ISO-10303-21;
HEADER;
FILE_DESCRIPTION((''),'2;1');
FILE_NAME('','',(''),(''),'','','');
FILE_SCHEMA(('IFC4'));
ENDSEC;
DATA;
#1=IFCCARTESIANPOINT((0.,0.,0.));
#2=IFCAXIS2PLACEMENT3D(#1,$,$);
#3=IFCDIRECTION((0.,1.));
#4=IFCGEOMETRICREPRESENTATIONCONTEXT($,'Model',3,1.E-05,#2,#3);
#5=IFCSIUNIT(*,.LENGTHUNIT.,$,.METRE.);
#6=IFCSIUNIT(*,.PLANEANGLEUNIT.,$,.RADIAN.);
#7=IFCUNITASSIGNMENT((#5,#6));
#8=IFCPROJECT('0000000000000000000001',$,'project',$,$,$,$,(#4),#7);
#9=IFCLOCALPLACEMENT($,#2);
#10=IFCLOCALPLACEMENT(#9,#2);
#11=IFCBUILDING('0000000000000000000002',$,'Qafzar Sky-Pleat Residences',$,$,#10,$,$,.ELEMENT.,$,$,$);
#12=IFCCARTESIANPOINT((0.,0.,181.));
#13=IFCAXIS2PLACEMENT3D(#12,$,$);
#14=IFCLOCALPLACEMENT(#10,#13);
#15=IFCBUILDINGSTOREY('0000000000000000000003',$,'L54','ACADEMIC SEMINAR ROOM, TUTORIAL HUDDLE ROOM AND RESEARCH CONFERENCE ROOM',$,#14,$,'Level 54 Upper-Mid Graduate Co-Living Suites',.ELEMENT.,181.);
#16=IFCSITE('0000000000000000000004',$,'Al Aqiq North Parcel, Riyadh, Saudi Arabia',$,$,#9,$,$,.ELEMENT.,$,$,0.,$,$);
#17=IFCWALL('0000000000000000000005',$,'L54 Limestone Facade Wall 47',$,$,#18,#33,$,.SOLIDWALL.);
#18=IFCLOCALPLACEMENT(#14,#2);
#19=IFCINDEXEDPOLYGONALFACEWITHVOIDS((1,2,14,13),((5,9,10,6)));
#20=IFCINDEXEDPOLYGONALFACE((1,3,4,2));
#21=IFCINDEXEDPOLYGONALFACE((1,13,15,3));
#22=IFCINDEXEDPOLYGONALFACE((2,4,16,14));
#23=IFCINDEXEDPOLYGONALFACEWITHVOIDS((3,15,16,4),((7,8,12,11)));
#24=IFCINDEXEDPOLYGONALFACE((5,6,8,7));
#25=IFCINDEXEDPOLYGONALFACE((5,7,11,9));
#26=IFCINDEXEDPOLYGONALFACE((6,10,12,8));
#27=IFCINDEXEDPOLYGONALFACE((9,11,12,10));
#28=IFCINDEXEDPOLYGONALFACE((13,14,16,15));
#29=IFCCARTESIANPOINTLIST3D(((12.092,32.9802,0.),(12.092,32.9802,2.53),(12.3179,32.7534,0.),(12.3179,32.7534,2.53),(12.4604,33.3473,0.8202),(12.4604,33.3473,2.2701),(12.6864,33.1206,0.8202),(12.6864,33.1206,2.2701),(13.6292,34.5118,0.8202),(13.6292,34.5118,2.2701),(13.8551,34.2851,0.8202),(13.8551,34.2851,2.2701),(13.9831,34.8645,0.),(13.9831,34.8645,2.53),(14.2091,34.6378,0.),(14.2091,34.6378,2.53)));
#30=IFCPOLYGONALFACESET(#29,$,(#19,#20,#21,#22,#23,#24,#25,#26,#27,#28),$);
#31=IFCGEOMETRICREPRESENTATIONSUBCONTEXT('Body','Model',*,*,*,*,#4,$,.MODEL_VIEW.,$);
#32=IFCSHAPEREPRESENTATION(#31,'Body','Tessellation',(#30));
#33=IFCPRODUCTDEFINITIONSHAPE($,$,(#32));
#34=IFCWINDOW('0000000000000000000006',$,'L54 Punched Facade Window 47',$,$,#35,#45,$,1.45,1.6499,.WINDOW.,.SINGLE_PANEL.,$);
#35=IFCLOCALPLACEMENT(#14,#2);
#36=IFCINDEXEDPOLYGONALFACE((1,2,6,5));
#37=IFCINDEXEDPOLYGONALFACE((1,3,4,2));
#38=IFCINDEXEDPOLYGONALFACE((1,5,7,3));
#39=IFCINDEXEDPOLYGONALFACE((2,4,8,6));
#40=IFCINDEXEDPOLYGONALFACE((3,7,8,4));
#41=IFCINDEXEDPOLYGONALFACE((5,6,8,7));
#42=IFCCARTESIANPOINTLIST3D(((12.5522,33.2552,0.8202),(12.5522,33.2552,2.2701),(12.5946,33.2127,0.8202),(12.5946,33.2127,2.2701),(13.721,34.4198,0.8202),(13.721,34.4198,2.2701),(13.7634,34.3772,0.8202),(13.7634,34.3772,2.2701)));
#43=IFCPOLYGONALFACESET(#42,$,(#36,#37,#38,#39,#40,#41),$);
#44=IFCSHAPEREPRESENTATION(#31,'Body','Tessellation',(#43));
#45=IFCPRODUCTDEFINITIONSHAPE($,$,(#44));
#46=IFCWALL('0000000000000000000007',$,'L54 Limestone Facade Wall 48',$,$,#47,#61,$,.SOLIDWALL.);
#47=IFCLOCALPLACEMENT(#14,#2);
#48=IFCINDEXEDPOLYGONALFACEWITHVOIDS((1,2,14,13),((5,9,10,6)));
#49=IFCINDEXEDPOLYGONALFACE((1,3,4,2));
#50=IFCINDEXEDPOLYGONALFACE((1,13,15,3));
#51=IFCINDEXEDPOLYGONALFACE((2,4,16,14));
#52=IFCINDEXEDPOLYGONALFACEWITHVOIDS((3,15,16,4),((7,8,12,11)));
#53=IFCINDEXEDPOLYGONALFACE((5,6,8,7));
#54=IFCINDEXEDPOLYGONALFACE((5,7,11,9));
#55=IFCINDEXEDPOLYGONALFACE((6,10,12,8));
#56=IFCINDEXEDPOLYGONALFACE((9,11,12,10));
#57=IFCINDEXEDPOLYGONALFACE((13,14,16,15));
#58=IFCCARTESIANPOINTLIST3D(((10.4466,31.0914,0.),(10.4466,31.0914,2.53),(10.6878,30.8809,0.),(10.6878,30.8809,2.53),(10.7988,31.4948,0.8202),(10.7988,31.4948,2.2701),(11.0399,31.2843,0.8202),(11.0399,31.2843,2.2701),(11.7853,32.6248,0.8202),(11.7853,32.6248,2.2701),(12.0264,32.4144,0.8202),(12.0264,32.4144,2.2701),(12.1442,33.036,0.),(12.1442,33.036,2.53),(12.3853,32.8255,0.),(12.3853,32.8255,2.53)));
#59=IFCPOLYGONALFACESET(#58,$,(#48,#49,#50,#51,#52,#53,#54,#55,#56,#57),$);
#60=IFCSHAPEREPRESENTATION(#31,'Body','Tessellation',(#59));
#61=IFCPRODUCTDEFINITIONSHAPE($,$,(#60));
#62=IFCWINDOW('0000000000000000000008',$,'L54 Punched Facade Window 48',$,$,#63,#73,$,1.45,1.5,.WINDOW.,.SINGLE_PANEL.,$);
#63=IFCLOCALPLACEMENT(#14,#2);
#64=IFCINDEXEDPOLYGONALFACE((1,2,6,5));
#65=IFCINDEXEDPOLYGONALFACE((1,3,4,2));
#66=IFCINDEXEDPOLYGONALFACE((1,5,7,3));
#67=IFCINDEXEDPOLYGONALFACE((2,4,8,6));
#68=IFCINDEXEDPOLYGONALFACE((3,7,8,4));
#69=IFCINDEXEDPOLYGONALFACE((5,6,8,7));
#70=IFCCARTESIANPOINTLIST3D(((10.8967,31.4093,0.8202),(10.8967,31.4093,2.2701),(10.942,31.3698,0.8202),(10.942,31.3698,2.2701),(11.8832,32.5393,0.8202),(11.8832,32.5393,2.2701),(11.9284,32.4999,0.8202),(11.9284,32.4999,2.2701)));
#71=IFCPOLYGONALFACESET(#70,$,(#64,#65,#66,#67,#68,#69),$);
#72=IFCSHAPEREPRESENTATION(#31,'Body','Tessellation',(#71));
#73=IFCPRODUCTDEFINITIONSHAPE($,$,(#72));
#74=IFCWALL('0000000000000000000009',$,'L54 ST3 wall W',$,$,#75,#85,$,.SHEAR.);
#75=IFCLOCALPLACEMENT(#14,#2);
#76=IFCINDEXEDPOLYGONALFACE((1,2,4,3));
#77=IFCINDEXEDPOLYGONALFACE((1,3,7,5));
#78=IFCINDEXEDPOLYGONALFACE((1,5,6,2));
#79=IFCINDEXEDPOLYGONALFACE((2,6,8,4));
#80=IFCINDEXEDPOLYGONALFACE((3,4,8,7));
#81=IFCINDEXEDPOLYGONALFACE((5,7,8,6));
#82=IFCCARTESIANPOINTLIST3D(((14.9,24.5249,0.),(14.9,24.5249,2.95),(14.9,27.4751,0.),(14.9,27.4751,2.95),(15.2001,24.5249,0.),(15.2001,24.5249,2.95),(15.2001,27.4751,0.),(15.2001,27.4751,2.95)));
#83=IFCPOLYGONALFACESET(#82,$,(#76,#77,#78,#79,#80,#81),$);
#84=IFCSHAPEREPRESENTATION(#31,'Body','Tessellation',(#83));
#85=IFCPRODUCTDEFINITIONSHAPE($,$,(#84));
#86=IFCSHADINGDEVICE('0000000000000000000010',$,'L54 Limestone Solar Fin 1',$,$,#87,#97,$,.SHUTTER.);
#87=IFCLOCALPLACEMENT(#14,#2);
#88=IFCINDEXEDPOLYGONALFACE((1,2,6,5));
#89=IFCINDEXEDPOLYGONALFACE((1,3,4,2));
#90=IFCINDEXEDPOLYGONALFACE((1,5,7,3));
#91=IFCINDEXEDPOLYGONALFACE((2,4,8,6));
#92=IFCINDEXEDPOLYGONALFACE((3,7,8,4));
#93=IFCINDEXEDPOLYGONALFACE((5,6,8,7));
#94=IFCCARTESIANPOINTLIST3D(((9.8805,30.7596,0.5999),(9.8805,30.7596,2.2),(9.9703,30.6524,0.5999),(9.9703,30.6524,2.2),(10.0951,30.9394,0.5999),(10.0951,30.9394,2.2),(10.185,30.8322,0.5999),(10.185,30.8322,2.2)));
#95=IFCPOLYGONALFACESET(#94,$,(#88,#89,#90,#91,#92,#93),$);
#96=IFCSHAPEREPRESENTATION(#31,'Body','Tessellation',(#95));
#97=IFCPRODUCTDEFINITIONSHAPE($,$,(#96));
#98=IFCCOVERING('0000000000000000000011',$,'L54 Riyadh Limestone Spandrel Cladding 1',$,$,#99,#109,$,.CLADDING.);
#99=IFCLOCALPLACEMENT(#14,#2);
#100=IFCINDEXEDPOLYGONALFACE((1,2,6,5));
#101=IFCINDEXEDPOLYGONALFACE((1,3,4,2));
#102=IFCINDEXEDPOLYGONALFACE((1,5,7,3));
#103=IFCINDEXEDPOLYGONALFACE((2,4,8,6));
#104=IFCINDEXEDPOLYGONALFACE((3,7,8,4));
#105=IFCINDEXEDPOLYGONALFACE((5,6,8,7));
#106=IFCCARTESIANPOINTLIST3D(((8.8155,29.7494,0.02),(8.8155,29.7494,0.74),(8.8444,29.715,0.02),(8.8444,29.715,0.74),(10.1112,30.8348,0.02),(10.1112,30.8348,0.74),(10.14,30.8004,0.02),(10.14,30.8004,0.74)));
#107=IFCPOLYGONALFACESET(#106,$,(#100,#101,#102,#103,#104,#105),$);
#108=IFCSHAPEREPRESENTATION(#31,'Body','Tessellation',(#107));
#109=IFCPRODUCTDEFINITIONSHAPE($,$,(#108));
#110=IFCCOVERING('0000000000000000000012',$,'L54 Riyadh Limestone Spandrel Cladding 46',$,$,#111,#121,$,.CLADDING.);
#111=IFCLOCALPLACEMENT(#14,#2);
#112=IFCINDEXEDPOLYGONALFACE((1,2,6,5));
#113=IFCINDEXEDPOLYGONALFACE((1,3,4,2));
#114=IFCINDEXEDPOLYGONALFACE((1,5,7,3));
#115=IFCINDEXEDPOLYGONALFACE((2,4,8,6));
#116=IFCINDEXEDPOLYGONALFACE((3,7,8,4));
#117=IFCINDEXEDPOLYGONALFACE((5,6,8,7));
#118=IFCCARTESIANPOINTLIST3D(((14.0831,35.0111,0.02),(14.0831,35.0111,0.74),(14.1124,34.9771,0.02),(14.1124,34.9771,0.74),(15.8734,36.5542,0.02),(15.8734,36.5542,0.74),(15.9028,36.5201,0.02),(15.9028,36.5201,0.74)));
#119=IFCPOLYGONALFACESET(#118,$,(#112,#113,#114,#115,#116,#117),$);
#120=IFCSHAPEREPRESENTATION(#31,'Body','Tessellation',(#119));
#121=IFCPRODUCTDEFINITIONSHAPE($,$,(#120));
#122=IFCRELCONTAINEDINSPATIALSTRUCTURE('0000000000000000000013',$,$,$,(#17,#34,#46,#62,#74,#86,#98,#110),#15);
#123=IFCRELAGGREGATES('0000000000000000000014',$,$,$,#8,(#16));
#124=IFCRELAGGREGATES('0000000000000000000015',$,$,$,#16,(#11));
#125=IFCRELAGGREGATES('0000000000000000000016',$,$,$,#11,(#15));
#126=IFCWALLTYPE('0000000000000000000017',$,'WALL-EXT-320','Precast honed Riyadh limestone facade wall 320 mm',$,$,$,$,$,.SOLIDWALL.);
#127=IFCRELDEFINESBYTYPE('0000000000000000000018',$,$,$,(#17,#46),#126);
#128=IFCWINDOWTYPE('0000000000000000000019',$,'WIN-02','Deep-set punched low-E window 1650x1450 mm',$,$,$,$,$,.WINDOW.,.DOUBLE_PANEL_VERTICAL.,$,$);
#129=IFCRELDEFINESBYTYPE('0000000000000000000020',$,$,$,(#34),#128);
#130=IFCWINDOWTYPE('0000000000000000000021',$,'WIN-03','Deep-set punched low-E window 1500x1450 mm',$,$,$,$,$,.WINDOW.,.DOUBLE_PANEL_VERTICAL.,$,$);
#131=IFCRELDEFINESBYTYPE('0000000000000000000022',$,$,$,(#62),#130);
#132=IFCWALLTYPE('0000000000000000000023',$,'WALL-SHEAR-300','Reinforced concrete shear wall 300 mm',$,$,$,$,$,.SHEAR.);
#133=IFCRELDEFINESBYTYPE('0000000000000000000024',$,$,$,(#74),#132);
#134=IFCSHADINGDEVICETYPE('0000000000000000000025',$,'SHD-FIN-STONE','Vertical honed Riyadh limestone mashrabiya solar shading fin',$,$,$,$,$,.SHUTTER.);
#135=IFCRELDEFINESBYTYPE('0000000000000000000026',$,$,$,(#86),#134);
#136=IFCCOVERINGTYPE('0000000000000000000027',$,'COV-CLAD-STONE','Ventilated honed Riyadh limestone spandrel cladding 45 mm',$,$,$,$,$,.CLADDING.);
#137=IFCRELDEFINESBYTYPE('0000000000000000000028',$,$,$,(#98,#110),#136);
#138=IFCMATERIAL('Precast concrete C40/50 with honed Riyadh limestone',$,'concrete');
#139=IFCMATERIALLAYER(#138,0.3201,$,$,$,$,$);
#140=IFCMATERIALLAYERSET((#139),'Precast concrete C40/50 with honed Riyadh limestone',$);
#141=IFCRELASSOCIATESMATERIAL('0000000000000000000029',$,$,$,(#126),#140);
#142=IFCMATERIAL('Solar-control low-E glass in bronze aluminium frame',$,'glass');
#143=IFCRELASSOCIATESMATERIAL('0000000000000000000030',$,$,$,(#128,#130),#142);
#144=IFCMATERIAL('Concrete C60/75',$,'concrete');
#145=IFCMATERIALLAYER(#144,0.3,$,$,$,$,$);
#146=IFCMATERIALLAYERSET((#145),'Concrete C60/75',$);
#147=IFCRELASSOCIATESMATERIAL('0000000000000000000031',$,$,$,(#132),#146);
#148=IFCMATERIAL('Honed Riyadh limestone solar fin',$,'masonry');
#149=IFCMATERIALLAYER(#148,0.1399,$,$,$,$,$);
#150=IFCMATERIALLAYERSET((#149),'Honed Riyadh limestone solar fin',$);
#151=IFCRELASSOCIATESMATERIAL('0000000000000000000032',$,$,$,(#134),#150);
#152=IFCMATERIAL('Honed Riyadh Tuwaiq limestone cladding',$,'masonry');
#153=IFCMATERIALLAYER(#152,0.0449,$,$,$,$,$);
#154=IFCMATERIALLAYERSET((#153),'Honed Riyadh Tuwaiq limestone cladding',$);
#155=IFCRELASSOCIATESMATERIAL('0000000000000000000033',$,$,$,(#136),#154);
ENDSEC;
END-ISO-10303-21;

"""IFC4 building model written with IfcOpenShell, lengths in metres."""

from ifc_helpers import new_model, si_unit, direction, frame, frame_2d, origin, origin_2d, place, context, subcontext, project, spatial, rectangle, extrude, source, transform, mapped, material, layer, layer_set, type_object, element, fill, save


model = new_model("IFC4")

# Units and contexts
model_context = context("Model", 3, precision=1e-05, world=origin(), true_north=direction((0.0, 1.0)))
body_context = subcontext(model_context, "Body", "Model", "MODEL_VIEW")
ifc_project = project(units=[si_unit("LENGTHUNIT", "METRE"), si_unit("PLANEANGLEUNIT", "RADIAN")], contexts=[model_context])

# Site, building, storey
site_placement = place(None, origin())
site = spatial("IfcSite", under=ifc_project, at=site_placement, Name="Al Aqiq North Parcel, Riyadh, Saudi Arabia", CompositionType="ELEMENT", RefElevation=0.0)
building_placement = place(site_placement, origin())
building = spatial("IfcBuilding", under=site, at=building_placement, Name="Qafzar Sky-Pleat Residences", CompositionType="ELEMENT")
storey_placement = place(building_placement, frame((0.0, 0.0, 181.0)))
storey = spatial("IfcBuildingStorey", under=building, at=storey_placement, Name="L54", Description="ACADEMIC SEMINAR ROOM, TUTORIAL HUDDLE ROOM AND RESEARCH CONFERENCE ROOM", LongName="Level 54 Upper-Mid Graduate Co-Living Suites", CompositionType="ELEMENT", Elevation=181.0)

# Shared definitions
ifc_material_1 = material(Name="Concrete C60/75", Category="concrete")

# Walls, openings, windows
ifc_material_2 = material(Name="Precast concrete C40/50 with honed Riyadh limestone", Category="concrete")
ifc_layer_1 = layer(ifc_material_2, 0.3201)
ifc_layer_set_1 = layer_set([ifc_layer_1], Name="Precast concrete C40/50 with honed Riyadh limestone")
wall_type_1 = type_object("IfcWallType", Name="WALL-EXT-320", Description="Precast honed Riyadh limestone facade wall 320 mm", PredefinedType="SOLIDWALL", material=ifc_layer_set_1)
ifc_material_3 = material(Name="Solar-control low-E glass in bronze aluminium frame", Category="glass")
wall_1_placement = place(storey_placement, frame((14.0962, 34.7512, 0.0), z_axis=(0.0, 0.0, 1.0), x_axis=(-0.708386, -0.705825, 0.0)))
wall_1 = element("IfcWall", 1, at=wall_1_placement, inside=storey, type_object=wall_type_1, Name="L54 Limestone Facade Wall 47", PredefinedType="SOLIDWALL", context=body_context, shape_type="SweptSolid", body=[
    extrude(rectangle(XDim=2.6697, YDim=0.3201, at=frame_2d((1.335, 0.0))), origin(), (0.0, 0.0, 1.0), 2.53),
])
opening_1_placement = place(wall_1_placement, frame((0.4998, 0.0, 0.8201)))
opening_1 = element("IfcOpeningElement", 2, at=opening_1_placement, cuts=wall_1, PredefinedType="OPENING", context=body_context, shape_type="SweptSolid", body=[
    extrude(rectangle(XDim=1.6499, YDim=1.45, at=frame_2d((0.825, 0.7251))), frame((0.0, 0.1699, 0.0), z_axis=(0.0, -1.0, 0.0), x_axis=(1.0, 0.0, 0.0)), (0.0, 0.0, 1.0), 0.3401),
])
window_type_1 = type_object("IfcWindowType", Name="WIN-02", Description="Deep-set punched low-E window 1650x1450 mm", PartitioningType="DOUBLE_PANEL_VERTICAL", PredefinedType="WINDOW", material=ifc_material_3)
shared_shape_1 = source(origin(), body_context, "Body", "SweptSolid", [
    extrude(rectangle(XDim=1.6499, YDim=1.45, at=frame_2d((0.825, 0.7251))), frame((0.0, 0.03, 0.0), z_axis=(0.0, -1.0, 0.0), x_axis=(1.0, 0.0, 0.0)), (0.0, 0.0, 1.0), 0.0601),
])
window_1_placement = place(opening_1_placement, origin())
window_1 = element("IfcWindow", 3, at=window_1_placement, inside=storey, type_object=window_type_1, Name="L54 Punched Facade Window 47", OverallHeight=1.45, OverallWidth=1.6499, PartitioningType="SINGLE_PANEL", PredefinedType="WINDOW", context=body_context, shape_type="MappedRepresentation", body=[
    mapped(shared_shape_1, transform((0.0, 0.0, 0.0), x_axis=(1.0, 0.0, 0.0), y_axis=(0.0, 1.0, 0.0), z_axis=(0.0, 0.0, 1.0), scale=1.0)),
])
fill(opening_1, window_1)
wall_2_placement = place(storey_placement, frame((12.2646, 32.9307, 0.0), z_axis=(0.0, 0.0, 1.0), x_axis=(-0.657627, -0.753344, 0.0)))
wall_2 = element("IfcWall", 4, at=wall_2_placement, inside=storey, type_object=wall_type_1, Name="L54 Limestone Facade Wall 48", PredefinedType="SOLIDWALL", context=body_context, shape_type="SweptSolid", body=[
    extrude(rectangle(XDim=2.5813, YDim=0.3201, at=frame_2d((1.2905, 0.0))), origin(), (0.0, 0.0, 1.0), 2.53),
])
opening_2_placement = place(wall_2_placement, frame((0.5457, 0.0, 0.8201)))
opening_2 = element("IfcOpeningElement", 5, at=opening_2_placement, cuts=wall_2, PredefinedType="OPENING", context=body_context, shape_type="SweptSolid", body=[
    extrude(rectangle(XDim=1.5, YDim=1.45, at=frame_2d((0.75, 0.7251))), frame((0.0, 0.1699, 0.0), z_axis=(0.0, -1.0, 0.0), x_axis=(1.0, 0.0, 0.0)), (0.0, 0.0, 1.0), 0.3401),
])
window_type_2 = type_object("IfcWindowType", Name="WIN-03", Description="Deep-set punched low-E window 1500x1450 mm", PartitioningType="DOUBLE_PANEL_VERTICAL", PredefinedType="WINDOW", material=ifc_material_3)
shared_shape_2 = source(origin(), body_context, "Body", "SweptSolid", [
    extrude(rectangle(XDim=1.5, YDim=1.45, at=frame_2d((0.75, 0.7251))), frame((0.0, 0.03, 0.0), z_axis=(0.0, -1.0, 0.0), x_axis=(1.0, 0.0, 0.0)), (0.0, 0.0, 1.0), 0.0601),
])
window_2_placement = place(opening_2_placement, origin())
window_2 = element("IfcWindow", 6, at=window_2_placement, inside=storey, type_object=window_type_2, Name="L54 Punched Facade Window 48", OverallHeight=1.45, OverallWidth=1.5, PartitioningType="SINGLE_PANEL", PredefinedType="WINDOW", context=body_context, shape_type="MappedRepresentation", body=[
    mapped(shared_shape_2, transform((0.0, 0.0, 0.0), x_axis=(1.0, 0.0, 0.0), y_axis=(0.0, 1.0, 0.0), z_axis=(0.0, 0.0, 1.0), scale=1.0)),
])
fill(opening_2, window_2)

# Wall
ifc_layer_2 = layer(ifc_material_1, 0.3)
ifc_layer_set_2 = layer_set([ifc_layer_2], Name="Concrete C60/75")
wall_type_2 = type_object("IfcWallType", Name="WALL-SHEAR-300", Description="Reinforced concrete shear wall 300 mm", PredefinedType="SHEAR", material=ifc_layer_set_2)
wall_3_placement = place(storey_placement, frame((15.05, 27.4751, 0.0), z_axis=(0.0, 0.0, 1.0), x_axis=(0.0, -1.0, 0.0)))
element("IfcWall", 7, at=wall_3_placement, inside=storey, type_object=wall_type_2, Name="L54 ST3 wall W", PredefinedType="SHEAR", context=body_context, shape_type="SweptSolid", body=[
    extrude(rectangle(XDim=2.9502, YDim=0.3, at=frame_2d((1.4751, 0.0))), origin(), (0.0, 0.0, 1.0), 2.95),
])

# Shading device
ifc_material_4 = material(Name="Honed Riyadh limestone solar fin", Category="masonry")
ifc_layer_3 = layer(ifc_material_4, 0.1399)
ifc_layer_set_3 = layer_set([ifc_layer_3], Name="Honed Riyadh limestone solar fin")
shading_device_type = type_object("IfcShadingDeviceType", Name="SHD-FIN-STONE", Description="Vertical honed Riyadh limestone mashrabiya solar shading fin", PredefinedType="SHUTTER", material=ifc_layer_set_3)
shared_shape_3 = source(origin(), body_context, "Body", "SweptSolid", [
    extrude(rectangle(XDim=0.1399, YDim=0.28, at=origin_2d()), origin(), (0.0, 0.0, 1.0), 1.6001),
])
shading_device_placement = place(storey_placement, frame((10.0327, 30.7959, 0.5999), z_axis=(0.0, 0.0, 1.0), x_axis=(-0.642174, 0.766559, 0.0)))
element("IfcShadingDevice", 8, at=shading_device_placement, inside=storey, type_object=shading_device_type, Name="L54 Limestone Solar Fin 1", PredefinedType="SHUTTER", context=body_context, shape_type="MappedRepresentation", body=[
    mapped(shared_shape_3, transform((0.0, 0.0, 0.0), x_axis=(1.0, 0.0, 0.0), y_axis=(0.0, 1.0, 0.0), z_axis=(0.0, 0.0, 1.0), scale=1.0)),
])

# Coverings
ifc_material_5 = material(Name="Honed Riyadh Tuwaiq limestone cladding", Category="masonry")
ifc_layer_4 = layer(ifc_material_5, 0.0449)
ifc_layer_set_4 = layer_set([ifc_layer_4], Name="Honed Riyadh Tuwaiq limestone cladding")
covering_type = type_object("IfcCoveringType", Name="COV-CLAD-STONE", Description="Ventilated honed Riyadh limestone spandrel cladding 45 mm", PredefinedType="CLADDING", material=ifc_layer_set_4)
shared_shape_4 = source(origin(), body_context, "Body", "SweptSolid", [
    extrude(rectangle(XDim=1.6902, YDim=0.0449, at=origin_2d()), origin(), (0.0, 0.0, 1.0), 0.72),
])
covering_1_placement = place(storey_placement, frame((9.4778, 30.2749, 0.02), z_axis=(0.0, 0.0, 1.0), x_axis=(-0.766556, -0.642178, 0.0)))
element("IfcCovering", 9, at=covering_1_placement, inside=storey, type_object=covering_type, Name="L54 Riyadh Limestone Spandrel Cladding 1", PredefinedType="CLADDING", context=body_context, shape_type="MappedRepresentation", body=[
    mapped(shared_shape_4, transform((0.0, 0.0, 0.0), x_axis=(1.0, 0.0, 0.0), y_axis=(0.0, 1.0, 0.0), z_axis=(0.0, 0.0, 1.0), scale=1.0)),
])
shared_shape_5 = source(origin(), body_context, "Body", "SweptSolid", [
    extrude(rectangle(XDim=2.3635, YDim=0.0449, at=origin_2d()), origin(), (0.0, 0.0, 1.0), 0.72),
])
covering_2_placement = place(storey_placement, frame((14.9929, 35.7656, 0.02), z_axis=(0.0, 0.0, 1.0), x_axis=(-0.757488, -0.652849, 0.0)))
element("IfcCovering", 10, at=covering_2_placement, inside=storey, type_object=covering_type, Name="L54 Riyadh Limestone Spandrel Cladding 46", PredefinedType="CLADDING", context=body_context, shape_type="MappedRepresentation", body=[
    mapped(shared_shape_5, transform((0.0, 0.0, 0.0), x_axis=(1.0, 0.0, 0.0), y_axis=(0.0, 1.0, 0.0), z_axis=(0.0, 0.0, 1.0), scale=1.0)),
])

save(model, "model.ifc")
